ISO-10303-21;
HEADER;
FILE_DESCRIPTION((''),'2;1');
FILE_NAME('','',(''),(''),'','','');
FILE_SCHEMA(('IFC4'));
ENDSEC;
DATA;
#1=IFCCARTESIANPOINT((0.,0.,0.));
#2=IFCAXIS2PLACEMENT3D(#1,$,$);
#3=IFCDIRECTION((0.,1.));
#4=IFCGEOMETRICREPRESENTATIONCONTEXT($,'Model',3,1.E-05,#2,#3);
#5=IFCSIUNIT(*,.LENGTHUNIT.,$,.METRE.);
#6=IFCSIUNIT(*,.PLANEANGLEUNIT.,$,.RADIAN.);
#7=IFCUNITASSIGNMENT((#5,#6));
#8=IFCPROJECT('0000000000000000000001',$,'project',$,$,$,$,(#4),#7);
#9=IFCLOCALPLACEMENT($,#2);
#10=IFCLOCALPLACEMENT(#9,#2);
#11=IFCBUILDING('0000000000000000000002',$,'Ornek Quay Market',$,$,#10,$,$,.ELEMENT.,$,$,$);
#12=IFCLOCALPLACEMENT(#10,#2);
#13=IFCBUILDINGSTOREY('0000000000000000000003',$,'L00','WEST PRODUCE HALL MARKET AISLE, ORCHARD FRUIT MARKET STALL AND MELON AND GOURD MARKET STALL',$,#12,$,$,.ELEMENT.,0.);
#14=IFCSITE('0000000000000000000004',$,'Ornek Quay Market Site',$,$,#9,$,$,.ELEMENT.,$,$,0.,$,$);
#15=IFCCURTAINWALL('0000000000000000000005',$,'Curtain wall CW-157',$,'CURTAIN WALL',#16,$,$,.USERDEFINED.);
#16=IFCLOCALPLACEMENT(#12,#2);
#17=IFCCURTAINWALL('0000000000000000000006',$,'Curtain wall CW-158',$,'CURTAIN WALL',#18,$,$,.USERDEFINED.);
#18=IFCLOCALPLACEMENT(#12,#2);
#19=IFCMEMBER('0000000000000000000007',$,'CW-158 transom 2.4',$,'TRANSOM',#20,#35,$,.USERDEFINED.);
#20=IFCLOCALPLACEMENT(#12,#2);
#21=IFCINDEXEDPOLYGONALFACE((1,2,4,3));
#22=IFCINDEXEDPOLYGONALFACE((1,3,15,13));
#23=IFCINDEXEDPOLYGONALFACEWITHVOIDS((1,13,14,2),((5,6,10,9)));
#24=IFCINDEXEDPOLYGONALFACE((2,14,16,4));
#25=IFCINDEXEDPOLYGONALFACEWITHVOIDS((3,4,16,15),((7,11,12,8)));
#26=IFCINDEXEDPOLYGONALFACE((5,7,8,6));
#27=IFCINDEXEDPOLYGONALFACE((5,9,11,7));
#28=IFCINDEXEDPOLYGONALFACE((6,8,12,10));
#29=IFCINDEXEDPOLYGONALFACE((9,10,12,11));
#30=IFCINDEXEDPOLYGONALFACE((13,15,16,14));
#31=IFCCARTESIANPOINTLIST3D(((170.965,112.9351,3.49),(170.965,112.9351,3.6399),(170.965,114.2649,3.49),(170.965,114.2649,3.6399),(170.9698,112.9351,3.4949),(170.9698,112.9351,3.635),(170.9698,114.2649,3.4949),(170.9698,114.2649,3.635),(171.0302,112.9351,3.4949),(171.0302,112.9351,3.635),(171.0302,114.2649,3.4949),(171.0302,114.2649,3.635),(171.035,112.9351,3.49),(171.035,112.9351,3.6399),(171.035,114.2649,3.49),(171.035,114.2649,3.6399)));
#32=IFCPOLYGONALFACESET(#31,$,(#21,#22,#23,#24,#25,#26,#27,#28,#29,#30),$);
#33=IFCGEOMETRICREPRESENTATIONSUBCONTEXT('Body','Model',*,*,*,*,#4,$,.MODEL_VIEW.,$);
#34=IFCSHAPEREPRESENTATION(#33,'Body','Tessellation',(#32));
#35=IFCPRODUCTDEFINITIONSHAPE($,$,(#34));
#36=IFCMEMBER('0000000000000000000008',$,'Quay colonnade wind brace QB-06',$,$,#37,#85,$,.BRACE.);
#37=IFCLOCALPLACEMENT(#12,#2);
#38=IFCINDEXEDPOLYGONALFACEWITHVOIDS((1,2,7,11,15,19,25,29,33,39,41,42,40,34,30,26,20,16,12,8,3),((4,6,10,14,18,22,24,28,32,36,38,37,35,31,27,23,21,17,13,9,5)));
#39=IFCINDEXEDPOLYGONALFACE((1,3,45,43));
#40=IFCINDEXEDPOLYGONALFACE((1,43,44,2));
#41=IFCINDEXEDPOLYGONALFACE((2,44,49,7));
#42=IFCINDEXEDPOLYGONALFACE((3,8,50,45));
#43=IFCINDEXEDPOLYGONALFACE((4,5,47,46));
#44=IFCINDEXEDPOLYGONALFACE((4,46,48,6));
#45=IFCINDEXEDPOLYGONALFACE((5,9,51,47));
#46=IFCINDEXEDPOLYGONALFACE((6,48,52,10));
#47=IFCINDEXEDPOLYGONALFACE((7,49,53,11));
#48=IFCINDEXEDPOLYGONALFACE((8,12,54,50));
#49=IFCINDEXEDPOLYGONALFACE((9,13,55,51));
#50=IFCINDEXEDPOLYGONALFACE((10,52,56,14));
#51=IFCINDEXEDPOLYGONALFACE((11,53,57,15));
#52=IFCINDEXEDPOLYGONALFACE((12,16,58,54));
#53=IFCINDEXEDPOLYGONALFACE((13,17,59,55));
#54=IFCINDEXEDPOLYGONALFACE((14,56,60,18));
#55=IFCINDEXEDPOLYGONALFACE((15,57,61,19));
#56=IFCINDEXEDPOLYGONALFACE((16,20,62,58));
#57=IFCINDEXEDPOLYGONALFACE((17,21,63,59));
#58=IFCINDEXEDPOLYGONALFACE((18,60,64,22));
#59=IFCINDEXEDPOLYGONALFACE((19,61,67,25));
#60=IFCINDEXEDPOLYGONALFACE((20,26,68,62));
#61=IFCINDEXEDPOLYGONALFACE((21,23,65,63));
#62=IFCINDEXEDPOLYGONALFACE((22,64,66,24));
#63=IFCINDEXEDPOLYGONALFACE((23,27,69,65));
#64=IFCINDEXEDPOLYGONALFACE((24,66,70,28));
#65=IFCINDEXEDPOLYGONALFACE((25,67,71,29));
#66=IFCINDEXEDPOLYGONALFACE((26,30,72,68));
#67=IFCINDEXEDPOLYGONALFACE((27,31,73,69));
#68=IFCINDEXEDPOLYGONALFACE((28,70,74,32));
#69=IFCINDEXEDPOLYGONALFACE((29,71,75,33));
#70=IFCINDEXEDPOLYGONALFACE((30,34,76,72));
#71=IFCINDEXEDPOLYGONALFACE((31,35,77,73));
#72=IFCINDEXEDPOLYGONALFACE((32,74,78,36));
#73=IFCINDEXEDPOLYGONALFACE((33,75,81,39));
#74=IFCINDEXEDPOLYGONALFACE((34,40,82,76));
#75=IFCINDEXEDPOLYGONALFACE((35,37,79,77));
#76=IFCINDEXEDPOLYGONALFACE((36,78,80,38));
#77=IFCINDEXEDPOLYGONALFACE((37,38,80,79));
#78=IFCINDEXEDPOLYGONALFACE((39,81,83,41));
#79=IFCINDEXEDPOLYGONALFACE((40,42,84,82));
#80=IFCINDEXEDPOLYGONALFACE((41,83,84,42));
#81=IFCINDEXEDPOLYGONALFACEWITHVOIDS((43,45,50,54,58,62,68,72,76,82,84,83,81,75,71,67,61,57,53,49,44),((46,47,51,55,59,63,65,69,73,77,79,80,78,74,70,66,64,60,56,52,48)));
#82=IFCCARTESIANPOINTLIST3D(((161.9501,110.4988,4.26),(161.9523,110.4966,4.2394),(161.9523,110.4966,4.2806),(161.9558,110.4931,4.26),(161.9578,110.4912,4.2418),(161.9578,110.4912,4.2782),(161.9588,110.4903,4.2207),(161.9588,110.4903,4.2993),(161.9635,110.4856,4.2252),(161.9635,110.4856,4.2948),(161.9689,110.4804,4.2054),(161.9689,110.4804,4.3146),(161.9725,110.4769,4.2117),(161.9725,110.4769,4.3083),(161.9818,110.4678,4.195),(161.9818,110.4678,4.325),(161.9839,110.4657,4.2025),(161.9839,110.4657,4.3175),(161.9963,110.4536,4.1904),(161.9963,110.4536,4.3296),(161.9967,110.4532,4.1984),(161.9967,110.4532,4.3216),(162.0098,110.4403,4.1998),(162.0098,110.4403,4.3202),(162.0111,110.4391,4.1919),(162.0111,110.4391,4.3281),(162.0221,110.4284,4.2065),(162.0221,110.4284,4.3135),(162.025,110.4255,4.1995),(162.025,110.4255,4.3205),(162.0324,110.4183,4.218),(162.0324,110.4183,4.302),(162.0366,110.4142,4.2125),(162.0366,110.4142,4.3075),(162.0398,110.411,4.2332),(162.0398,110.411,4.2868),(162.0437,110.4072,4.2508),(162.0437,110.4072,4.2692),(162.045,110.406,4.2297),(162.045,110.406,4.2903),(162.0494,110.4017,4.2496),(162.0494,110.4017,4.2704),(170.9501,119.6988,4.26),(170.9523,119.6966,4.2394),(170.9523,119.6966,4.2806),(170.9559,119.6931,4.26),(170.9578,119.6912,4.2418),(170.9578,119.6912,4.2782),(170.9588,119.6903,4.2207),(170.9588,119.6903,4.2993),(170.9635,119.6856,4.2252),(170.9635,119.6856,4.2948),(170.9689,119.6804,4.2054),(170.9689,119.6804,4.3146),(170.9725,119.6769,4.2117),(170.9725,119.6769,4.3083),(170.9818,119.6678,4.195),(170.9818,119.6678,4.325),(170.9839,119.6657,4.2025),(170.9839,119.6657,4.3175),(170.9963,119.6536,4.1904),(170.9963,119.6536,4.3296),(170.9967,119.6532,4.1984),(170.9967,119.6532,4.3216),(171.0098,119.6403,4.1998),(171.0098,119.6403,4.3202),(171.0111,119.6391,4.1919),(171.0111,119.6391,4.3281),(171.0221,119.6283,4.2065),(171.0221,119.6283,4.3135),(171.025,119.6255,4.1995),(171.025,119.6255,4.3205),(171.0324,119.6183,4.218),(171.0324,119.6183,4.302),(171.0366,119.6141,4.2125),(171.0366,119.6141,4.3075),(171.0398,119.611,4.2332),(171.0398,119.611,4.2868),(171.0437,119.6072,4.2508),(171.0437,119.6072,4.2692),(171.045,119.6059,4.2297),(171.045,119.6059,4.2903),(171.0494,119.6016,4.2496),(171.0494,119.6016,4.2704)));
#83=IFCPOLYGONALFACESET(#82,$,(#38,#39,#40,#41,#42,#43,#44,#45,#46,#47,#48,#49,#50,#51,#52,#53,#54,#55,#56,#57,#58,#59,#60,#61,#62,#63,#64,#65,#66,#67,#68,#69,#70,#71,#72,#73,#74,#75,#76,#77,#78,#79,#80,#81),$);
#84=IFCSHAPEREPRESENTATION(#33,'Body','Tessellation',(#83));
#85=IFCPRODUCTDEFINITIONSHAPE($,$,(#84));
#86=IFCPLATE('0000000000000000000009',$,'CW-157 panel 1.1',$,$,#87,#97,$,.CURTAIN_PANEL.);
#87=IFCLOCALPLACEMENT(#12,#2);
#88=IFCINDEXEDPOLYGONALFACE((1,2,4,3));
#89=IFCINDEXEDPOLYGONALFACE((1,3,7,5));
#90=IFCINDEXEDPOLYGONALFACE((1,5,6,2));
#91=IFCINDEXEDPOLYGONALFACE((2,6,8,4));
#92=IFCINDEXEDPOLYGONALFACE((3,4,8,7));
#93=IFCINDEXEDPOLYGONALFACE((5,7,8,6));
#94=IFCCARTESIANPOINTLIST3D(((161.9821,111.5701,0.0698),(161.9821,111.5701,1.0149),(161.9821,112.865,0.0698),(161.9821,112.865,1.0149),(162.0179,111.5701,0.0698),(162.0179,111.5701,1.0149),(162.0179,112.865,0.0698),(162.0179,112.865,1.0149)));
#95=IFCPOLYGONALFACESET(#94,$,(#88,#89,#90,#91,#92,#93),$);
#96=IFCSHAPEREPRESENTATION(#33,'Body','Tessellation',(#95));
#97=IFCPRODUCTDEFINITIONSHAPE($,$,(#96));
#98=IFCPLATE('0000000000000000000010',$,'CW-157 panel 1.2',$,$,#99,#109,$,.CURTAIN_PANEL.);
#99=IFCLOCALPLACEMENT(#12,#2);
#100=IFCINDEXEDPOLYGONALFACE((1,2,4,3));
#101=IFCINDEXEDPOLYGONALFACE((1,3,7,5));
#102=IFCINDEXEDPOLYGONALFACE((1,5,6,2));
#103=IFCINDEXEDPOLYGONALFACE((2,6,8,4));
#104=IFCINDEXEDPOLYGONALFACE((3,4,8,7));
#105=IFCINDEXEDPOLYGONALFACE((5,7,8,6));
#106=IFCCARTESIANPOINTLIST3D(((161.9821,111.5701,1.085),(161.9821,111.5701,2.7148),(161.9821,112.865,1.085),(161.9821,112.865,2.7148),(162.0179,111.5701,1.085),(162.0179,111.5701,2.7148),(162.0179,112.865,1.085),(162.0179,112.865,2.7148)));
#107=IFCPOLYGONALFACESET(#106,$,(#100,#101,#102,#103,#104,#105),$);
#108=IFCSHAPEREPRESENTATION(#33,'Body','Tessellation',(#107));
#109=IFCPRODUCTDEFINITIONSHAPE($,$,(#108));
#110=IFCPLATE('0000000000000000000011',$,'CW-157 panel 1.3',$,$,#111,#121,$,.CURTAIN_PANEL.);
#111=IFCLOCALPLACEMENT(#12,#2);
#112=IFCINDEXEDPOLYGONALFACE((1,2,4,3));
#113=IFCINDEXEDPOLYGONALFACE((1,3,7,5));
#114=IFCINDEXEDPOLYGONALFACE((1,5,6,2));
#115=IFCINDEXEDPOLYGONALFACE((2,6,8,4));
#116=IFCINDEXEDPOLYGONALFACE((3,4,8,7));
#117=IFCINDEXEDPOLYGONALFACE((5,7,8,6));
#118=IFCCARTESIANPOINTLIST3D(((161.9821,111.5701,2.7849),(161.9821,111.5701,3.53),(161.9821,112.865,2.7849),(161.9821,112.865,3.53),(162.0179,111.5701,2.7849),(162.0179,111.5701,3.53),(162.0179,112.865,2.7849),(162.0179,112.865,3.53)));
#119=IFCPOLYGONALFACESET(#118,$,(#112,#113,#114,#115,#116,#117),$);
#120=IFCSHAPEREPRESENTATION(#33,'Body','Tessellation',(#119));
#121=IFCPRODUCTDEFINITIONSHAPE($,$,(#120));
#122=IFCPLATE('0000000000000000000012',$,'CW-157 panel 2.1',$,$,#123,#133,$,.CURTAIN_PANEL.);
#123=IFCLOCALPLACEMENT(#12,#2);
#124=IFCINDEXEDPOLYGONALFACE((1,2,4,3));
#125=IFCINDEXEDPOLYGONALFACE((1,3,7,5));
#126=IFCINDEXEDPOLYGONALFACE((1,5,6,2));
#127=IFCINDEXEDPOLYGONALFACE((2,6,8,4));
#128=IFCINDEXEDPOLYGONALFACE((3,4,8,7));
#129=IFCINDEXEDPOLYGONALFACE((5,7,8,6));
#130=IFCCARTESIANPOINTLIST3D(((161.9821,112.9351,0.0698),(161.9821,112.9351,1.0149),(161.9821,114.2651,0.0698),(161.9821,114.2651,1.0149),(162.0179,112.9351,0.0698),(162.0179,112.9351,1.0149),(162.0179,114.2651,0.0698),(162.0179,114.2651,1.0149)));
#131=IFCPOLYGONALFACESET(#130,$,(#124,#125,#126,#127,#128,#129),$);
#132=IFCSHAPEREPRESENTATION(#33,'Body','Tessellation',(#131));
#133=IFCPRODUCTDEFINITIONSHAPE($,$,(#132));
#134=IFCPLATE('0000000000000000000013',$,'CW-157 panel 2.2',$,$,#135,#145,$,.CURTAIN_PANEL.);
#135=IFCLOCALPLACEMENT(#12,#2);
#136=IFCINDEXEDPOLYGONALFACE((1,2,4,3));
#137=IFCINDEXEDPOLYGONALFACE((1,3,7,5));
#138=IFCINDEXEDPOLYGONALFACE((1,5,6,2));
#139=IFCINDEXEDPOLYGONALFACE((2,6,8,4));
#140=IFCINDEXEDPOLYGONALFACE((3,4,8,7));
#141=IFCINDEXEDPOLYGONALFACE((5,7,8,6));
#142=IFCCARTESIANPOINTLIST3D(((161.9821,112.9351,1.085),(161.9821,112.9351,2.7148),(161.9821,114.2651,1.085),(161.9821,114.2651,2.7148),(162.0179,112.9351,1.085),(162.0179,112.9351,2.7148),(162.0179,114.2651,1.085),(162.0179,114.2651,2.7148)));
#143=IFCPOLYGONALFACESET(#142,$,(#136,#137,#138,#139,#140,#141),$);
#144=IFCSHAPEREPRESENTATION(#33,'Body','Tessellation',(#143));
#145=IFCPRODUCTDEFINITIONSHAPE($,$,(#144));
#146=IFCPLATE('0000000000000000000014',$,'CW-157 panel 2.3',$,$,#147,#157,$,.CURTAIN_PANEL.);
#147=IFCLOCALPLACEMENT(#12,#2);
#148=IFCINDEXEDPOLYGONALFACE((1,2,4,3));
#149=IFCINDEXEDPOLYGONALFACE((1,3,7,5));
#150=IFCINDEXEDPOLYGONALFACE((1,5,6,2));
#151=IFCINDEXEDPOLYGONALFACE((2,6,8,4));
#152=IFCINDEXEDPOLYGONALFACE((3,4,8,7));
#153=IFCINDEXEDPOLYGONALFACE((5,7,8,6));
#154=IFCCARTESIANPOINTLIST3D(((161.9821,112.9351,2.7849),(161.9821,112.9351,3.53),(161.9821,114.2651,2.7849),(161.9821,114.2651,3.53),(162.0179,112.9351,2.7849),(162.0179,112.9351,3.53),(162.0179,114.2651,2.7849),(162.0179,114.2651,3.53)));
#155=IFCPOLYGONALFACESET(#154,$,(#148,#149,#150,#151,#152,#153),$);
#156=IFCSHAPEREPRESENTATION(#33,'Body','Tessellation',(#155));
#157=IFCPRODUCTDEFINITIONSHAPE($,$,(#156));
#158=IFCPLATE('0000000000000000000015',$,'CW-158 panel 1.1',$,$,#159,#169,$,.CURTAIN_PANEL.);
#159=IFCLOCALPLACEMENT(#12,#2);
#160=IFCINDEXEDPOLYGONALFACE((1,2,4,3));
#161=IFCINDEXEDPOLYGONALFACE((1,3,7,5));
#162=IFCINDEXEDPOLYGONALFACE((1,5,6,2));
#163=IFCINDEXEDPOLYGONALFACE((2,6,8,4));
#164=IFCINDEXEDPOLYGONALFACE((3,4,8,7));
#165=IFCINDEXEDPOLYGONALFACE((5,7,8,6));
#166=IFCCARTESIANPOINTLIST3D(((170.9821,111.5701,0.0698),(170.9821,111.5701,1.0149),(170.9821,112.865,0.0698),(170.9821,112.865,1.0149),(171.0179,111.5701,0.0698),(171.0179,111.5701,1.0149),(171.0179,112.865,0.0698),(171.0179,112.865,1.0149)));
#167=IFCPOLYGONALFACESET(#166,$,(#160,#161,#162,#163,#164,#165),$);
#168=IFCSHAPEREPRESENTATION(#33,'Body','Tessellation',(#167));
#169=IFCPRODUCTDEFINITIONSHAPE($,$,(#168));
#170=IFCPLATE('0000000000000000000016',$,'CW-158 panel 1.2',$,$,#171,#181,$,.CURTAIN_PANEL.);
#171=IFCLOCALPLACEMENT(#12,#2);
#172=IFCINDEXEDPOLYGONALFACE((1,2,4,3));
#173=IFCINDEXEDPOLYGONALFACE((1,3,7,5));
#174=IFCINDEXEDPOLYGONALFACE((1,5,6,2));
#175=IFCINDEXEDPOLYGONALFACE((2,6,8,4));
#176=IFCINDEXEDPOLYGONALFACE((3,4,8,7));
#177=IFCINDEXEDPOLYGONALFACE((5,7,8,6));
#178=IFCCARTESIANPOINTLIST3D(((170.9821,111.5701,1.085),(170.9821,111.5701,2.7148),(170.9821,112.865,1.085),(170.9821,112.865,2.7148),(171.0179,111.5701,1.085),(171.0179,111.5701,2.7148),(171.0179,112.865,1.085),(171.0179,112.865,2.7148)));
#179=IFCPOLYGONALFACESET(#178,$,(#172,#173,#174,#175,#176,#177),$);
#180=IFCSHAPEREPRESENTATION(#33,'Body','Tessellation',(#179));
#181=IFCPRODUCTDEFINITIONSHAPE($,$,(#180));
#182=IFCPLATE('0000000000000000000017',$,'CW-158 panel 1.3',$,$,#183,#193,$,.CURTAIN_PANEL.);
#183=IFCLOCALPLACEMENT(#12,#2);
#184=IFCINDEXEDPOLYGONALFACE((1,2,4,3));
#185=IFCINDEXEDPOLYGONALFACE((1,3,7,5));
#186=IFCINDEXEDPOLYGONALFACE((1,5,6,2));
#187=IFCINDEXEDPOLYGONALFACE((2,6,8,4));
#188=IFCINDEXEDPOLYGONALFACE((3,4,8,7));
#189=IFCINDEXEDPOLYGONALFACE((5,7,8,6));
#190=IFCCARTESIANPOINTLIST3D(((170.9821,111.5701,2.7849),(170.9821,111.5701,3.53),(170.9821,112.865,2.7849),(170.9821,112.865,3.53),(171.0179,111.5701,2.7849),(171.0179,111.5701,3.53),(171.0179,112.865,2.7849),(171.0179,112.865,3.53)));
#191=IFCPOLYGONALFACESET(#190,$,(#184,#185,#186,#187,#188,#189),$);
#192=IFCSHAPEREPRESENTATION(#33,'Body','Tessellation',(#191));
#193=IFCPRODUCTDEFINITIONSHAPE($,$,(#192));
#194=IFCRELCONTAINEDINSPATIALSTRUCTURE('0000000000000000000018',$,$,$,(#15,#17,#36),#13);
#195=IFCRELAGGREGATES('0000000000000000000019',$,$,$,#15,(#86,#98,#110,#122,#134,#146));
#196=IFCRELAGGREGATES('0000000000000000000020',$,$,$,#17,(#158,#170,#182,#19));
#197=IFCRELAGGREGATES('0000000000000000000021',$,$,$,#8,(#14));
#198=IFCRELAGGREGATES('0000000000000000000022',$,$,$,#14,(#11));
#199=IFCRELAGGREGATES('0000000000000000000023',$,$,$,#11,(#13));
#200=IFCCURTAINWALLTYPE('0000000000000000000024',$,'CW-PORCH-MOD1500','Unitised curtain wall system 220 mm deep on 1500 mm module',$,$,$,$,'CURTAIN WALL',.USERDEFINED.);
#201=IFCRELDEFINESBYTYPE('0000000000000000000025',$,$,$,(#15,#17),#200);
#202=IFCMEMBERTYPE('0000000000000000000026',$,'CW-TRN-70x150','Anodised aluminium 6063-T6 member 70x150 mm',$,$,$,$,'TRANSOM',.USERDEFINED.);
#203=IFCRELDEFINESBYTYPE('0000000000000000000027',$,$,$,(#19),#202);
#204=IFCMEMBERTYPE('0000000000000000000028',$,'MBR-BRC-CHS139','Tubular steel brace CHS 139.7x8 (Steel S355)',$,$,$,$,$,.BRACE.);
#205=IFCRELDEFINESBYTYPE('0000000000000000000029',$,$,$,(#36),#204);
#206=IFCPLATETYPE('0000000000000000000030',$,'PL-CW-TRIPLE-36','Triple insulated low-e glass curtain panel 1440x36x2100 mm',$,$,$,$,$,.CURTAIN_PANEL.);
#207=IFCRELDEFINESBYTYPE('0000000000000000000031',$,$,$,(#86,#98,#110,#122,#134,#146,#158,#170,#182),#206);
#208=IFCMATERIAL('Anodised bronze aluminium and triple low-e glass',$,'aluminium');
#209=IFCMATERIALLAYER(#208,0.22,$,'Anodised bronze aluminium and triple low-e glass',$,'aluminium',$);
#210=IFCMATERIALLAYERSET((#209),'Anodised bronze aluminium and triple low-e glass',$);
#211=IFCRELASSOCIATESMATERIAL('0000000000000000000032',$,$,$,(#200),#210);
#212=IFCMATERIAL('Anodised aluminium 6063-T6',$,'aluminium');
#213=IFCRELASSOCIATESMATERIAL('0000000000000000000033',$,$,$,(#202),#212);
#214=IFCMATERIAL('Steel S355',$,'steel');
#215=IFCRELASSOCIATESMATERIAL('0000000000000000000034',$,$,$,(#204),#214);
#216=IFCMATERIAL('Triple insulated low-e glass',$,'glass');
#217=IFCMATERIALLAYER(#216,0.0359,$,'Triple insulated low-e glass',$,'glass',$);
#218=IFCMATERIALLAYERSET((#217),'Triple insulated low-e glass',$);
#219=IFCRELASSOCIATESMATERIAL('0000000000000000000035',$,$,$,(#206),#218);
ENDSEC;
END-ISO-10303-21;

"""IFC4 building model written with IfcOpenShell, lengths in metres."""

from ifc_helpers import new_model, si_unit, direction, frame, origin, origin_2d, place, context, subcontext, project, spatial, rectangle, hollow_rectangle, hollow_circle, extrude, material, layer, layer_set, material_profile, profile_set, type_object, element, aggregate, save


model = new_model("IFC4")

# Units and contexts
model_context = context("Model", 3, precision=1e-05, world=origin(), true_north=direction((0.0, 1.0)))
body_context = subcontext(model_context, "Body", "Model", "MODEL_VIEW")
ifc_project = project(units=[si_unit("LENGTHUNIT", "METRE"), si_unit("PLANEANGLEUNIT", "RADIAN")], contexts=[model_context])

# Site, building, storey
site_placement = place(None, origin())
site = spatial("IfcSite", under=ifc_project, at=site_placement, Name="Ornek Quay Market Site", CompositionType="ELEMENT", RefElevation=0.0)
building_placement = place(site_placement, origin())
building = spatial("IfcBuilding", under=site, at=building_placement, Name="Ornek Quay Market", CompositionType="ELEMENT")
storey_placement = place(building_placement, origin())
storey = spatial("IfcBuildingStorey", under=building, at=storey_placement, Name="L00", Description="WEST PRODUCE HALL MARKET AISLE, ORCHARD FRUIT MARKET STALL AND MELON AND GOURD MARKET STALL", CompositionType="ELEMENT", Elevation=0.0)

# Shared definitions
ifc_material_1 = material(Name="Steel S355", Category="steel")

# Curtain walls
ifc_material_2 = material(Name="Anodised bronze aluminium and triple low-e glass", Category="aluminium")
ifc_layer_1 = layer(ifc_material_2, 0.22, Name="Anodised bronze aluminium and triple low-e glass", Category="aluminium")
ifc_layer_set_1 = layer_set([ifc_layer_1], Name="Anodised bronze aluminium and triple low-e glass")
curtain_wall_type = type_object("IfcCurtainWallType", Name="CW-PORCH-MOD1500", Description="Unitised curtain wall system 220 mm deep on 1500 mm module", ElementType="CURTAIN WALL", PredefinedType="USERDEFINED", material=ifc_layer_set_1)
curtain_wall_1_placement = place(storey_placement, origin())
curtain_wall_1 = element("IfcCurtainWall", 1, at=curtain_wall_1_placement, inside=storey, type_object=curtain_wall_type, Name="Curtain wall CW-157", ObjectType="CURTAIN WALL", PredefinedType="USERDEFINED")
ifc_material_3 = material(Name="Anodised aluminium 6063-T6", Category="aluminium")
curtain_wall_2_placement = place(storey_placement, origin())
curtain_wall_2 = element("IfcCurtainWall", 2, at=curtain_wall_2_placement, inside=storey, type_object=curtain_wall_type, Name="Curtain wall CW-158", ObjectType="CURTAIN WALL", PredefinedType="USERDEFINED")

# Members
ifc_material_profile_1 = material_profile(ifc_material_3, hollow_rectangle(XDim=0.0701, YDim=0.1499, WallThickness=0.0049, at=origin_2d()), Name="CW-TRN-70x150", Category="aluminium")
ifc_profile_set_1 = profile_set([ifc_material_profile_1], Name="Anodised aluminium 6063-T6")
member_type_1 = type_object("IfcMemberType", Name="CW-TRN-70x150", Description="Anodised aluminium 6063-T6 member 70x150 mm", ElementType="TRANSOM", PredefinedType="USERDEFINED", material=ifc_profile_set_1)
member_1_placement = place(storey_placement, frame((171.0, 112.9351, 3.5649), z_axis=(0.0, 1.0, 0.0), x_axis=(-1.0, 0.0, 0.0)))
member_1 = element("IfcMember", 3, at=member_1_placement, type_object=member_type_1, Name="CW-158 transom 2.4", ObjectType="TRANSOM", PredefinedType="USERDEFINED", context=body_context, shape_type="SweptSolid", body=[
    extrude(hollow_rectangle(XDim=0.0701, YDim=0.1499, WallThickness=0.0049, at=origin_2d()), origin(), (0.0, 0.0, 1.0), 1.3298),
])
ifc_material_profile_2 = material_profile(ifc_material_1, hollow_circle(Radius=0.0698, WallThickness=0.0081, at=origin_2d()), Name="CHS 139.7x8", Category="steel")
ifc_profile_set_2 = profile_set([ifc_material_profile_2], Name="Steel S355")
member_type_2 = type_object("IfcMemberType", Name="MBR-BRC-CHS139", Description="Tubular steel brace CHS 139.7x8 (Steel S355)", PredefinedType="BRACE", material=ifc_profile_set_2)
member_2_placement = place(storey_placement, frame((162.0, 110.45, 4.26), z_axis=(0.699296, 0.714832, 0.0), x_axis=(-0.714832, 0.699296, 0.0)))
element("IfcMember", 4, at=member_2_placement, inside=storey, type_object=member_type_2, Name="Quay colonnade wind brace QB-06", PredefinedType="BRACE", context=body_context, shape_type="SweptSolid", body=[
    extrude(hollow_circle(Radius=0.0698, WallThickness=0.0081, at=origin_2d()), origin(), (0.0, 0.0, 1.0), 12.8701),
])

# Plates
ifc_material_4 = material(Name="Triple insulated low-e glass", Category="glass")
ifc_layer_2 = layer(ifc_material_4, 0.0359, Name="Triple insulated low-e glass", Category="glass")
ifc_layer_set_2 = layer_set([ifc_layer_2], Name="Triple insulated low-e glass")
plate_type_1 = type_object("IfcPlateType", Name="PL-CW-TRIPLE-36", Description="Triple insulated low-e glass curtain panel 1440x36x2100 mm", PredefinedType="CURTAIN_PANEL", material=ifc_layer_set_2)
plate_1_placement = place(storey_placement, frame((162.0, 112.2175, 0.0698), z_axis=(0.0, 0.0, 1.0), x_axis=(0.0, 1.0, 0.0)))
plate_1 = element("IfcPlate", 5, at=plate_1_placement, type_object=plate_type_1, Name="CW-157 panel 1.1", PredefinedType="CURTAIN_PANEL", context=body_context, shape_type="SweptSolid", body=[
    extrude(rectangle(XDim=1.2949, YDim=0.0359, at=origin_2d()), origin(), (0.0, 0.0, 1.0), 0.9451),
])
plate_2_placement = place(storey_placement, frame((162.0, 112.2175, 1.085), z_axis=(0.0, 0.0, 1.0), x_axis=(0.0, 1.0, 0.0)))
plate_2 = element("IfcPlate", 6, at=plate_2_placement, type_object=plate_type_1, Name="CW-157 panel 1.2", PredefinedType="CURTAIN_PANEL", context=body_context, shape_type="SweptSolid", body=[
    extrude(rectangle(XDim=1.2949, YDim=0.0359, at=origin_2d()), origin(), (0.0, 0.0, 1.0), 1.6299),
])
plate_3_placement = place(storey_placement, frame((162.0, 112.2175, 2.7849), z_axis=(0.0, 0.0, 1.0), x_axis=(0.0, 1.0, 0.0)))
plate_3 = element("IfcPlate", 7, at=plate_3_placement, type_object=plate_type_1, Name="CW-157 panel 1.3", PredefinedType="CURTAIN_PANEL", context=body_context, shape_type="SweptSolid", body=[
    extrude(rectangle(XDim=1.2949, YDim=0.0359, at=origin_2d()), origin(), (0.0, 0.0, 1.0), 0.7451),
])
plate_4_placement = place(storey_placement, frame((162.0, 113.6001, 0.0698), z_axis=(0.0, 0.0, 1.0), x_axis=(0.0, 1.0, 0.0)))
plate_4 = element("IfcPlate", 8, at=plate_4_placement, type_object=plate_type_1, Name="CW-157 panel 2.1", PredefinedType="CURTAIN_PANEL", context=body_context, shape_type="SweptSolid", body=[
    extrude(rectangle(XDim=1.3301, YDim=0.0359, at=origin_2d()), origin(), (0.0, 0.0, 1.0), 0.9451),
])
plate_5_placement = place(storey_placement, frame((162.0, 113.6001, 1.085), z_axis=(0.0, 0.0, 1.0), x_axis=(0.0, 1.0, 0.0)))
plate_5 = element("IfcPlate", 9, at=plate_5_placement, type_object=plate_type_1, Name="CW-157 panel 2.2", PredefinedType="CURTAIN_PANEL", context=body_context, shape_type="SweptSolid", body=[
    extrude(rectangle(XDim=1.3301, YDim=0.0359, at=origin_2d()), origin(), (0.0, 0.0, 1.0), 1.6299),
])
plate_6_placement = place(storey_placement, frame((162.0, 113.6001, 2.7849), z_axis=(0.0, 0.0, 1.0), x_axis=(0.0, 1.0, 0.0)))
plate_6 = element("IfcPlate", 10, at=plate_6_placement, type_object=plate_type_1, Name="CW-157 panel 2.3", PredefinedType="CURTAIN_PANEL", context=body_context, shape_type="SweptSolid", body=[
    extrude(rectangle(XDim=1.3301, YDim=0.0359, at=origin_2d()), origin(), (0.0, 0.0, 1.0), 0.7451),
])
aggregate(curtain_wall_1, [plate_1, plate_2, plate_3, plate_4, plate_5, plate_6])
plate_7_placement = place(storey_placement, frame((171.0, 112.2175, 0.0698), z_axis=(0.0, 0.0, 1.0), x_axis=(0.0, 1.0, 0.0)))
plate_7 = element("IfcPlate", 11, at=plate_7_placement, type_object=plate_type_1, Name="CW-158 panel 1.1", PredefinedType="CURTAIN_PANEL", context=body_context, shape_type="SweptSolid", body=[
    extrude(rectangle(XDim=1.2949, YDim=0.0359, at=origin_2d()), origin(), (0.0, 0.0, 1.0), 0.9451),
])
plate_8_placement = place(storey_placement, frame((171.0, 112.2175, 1.085), z_axis=(0.0, 0.0, 1.0), x_axis=(0.0, 1.0, 0.0)))
plate_8 = element("IfcPlate", 12, at=plate_8_placement, type_object=plate_type_1, Name="CW-158 panel 1.2", PredefinedType="CURTAIN_PANEL", context=body_context, shape_type="SweptSolid", body=[
    extrude(rectangle(XDim=1.2949, YDim=0.0359, at=origin_2d()), origin(), (0.0, 0.0, 1.0), 1.6299),
])
plate_9_placement = place(storey_placement, frame((171.0, 112.2175, 2.7849), z_axis=(0.0, 0.0, 1.0), x_axis=(0.0, 1.0, 0.0)))
plate_9 = element("IfcPlate", 13, at=plate_9_placement, type_object=plate_type_1, Name="CW-158 panel 1.3", PredefinedType="CURTAIN_PANEL", context=body_context, shape_type="SweptSolid", body=[
    extrude(rectangle(XDim=1.2949, YDim=0.0359, at=origin_2d()), origin(), (0.0, 0.0, 1.0), 0.7451),
])
aggregate(curtain_wall_2, [plate_7, plate_8, plate_9, member_1])

save(model, "model.ifc")
